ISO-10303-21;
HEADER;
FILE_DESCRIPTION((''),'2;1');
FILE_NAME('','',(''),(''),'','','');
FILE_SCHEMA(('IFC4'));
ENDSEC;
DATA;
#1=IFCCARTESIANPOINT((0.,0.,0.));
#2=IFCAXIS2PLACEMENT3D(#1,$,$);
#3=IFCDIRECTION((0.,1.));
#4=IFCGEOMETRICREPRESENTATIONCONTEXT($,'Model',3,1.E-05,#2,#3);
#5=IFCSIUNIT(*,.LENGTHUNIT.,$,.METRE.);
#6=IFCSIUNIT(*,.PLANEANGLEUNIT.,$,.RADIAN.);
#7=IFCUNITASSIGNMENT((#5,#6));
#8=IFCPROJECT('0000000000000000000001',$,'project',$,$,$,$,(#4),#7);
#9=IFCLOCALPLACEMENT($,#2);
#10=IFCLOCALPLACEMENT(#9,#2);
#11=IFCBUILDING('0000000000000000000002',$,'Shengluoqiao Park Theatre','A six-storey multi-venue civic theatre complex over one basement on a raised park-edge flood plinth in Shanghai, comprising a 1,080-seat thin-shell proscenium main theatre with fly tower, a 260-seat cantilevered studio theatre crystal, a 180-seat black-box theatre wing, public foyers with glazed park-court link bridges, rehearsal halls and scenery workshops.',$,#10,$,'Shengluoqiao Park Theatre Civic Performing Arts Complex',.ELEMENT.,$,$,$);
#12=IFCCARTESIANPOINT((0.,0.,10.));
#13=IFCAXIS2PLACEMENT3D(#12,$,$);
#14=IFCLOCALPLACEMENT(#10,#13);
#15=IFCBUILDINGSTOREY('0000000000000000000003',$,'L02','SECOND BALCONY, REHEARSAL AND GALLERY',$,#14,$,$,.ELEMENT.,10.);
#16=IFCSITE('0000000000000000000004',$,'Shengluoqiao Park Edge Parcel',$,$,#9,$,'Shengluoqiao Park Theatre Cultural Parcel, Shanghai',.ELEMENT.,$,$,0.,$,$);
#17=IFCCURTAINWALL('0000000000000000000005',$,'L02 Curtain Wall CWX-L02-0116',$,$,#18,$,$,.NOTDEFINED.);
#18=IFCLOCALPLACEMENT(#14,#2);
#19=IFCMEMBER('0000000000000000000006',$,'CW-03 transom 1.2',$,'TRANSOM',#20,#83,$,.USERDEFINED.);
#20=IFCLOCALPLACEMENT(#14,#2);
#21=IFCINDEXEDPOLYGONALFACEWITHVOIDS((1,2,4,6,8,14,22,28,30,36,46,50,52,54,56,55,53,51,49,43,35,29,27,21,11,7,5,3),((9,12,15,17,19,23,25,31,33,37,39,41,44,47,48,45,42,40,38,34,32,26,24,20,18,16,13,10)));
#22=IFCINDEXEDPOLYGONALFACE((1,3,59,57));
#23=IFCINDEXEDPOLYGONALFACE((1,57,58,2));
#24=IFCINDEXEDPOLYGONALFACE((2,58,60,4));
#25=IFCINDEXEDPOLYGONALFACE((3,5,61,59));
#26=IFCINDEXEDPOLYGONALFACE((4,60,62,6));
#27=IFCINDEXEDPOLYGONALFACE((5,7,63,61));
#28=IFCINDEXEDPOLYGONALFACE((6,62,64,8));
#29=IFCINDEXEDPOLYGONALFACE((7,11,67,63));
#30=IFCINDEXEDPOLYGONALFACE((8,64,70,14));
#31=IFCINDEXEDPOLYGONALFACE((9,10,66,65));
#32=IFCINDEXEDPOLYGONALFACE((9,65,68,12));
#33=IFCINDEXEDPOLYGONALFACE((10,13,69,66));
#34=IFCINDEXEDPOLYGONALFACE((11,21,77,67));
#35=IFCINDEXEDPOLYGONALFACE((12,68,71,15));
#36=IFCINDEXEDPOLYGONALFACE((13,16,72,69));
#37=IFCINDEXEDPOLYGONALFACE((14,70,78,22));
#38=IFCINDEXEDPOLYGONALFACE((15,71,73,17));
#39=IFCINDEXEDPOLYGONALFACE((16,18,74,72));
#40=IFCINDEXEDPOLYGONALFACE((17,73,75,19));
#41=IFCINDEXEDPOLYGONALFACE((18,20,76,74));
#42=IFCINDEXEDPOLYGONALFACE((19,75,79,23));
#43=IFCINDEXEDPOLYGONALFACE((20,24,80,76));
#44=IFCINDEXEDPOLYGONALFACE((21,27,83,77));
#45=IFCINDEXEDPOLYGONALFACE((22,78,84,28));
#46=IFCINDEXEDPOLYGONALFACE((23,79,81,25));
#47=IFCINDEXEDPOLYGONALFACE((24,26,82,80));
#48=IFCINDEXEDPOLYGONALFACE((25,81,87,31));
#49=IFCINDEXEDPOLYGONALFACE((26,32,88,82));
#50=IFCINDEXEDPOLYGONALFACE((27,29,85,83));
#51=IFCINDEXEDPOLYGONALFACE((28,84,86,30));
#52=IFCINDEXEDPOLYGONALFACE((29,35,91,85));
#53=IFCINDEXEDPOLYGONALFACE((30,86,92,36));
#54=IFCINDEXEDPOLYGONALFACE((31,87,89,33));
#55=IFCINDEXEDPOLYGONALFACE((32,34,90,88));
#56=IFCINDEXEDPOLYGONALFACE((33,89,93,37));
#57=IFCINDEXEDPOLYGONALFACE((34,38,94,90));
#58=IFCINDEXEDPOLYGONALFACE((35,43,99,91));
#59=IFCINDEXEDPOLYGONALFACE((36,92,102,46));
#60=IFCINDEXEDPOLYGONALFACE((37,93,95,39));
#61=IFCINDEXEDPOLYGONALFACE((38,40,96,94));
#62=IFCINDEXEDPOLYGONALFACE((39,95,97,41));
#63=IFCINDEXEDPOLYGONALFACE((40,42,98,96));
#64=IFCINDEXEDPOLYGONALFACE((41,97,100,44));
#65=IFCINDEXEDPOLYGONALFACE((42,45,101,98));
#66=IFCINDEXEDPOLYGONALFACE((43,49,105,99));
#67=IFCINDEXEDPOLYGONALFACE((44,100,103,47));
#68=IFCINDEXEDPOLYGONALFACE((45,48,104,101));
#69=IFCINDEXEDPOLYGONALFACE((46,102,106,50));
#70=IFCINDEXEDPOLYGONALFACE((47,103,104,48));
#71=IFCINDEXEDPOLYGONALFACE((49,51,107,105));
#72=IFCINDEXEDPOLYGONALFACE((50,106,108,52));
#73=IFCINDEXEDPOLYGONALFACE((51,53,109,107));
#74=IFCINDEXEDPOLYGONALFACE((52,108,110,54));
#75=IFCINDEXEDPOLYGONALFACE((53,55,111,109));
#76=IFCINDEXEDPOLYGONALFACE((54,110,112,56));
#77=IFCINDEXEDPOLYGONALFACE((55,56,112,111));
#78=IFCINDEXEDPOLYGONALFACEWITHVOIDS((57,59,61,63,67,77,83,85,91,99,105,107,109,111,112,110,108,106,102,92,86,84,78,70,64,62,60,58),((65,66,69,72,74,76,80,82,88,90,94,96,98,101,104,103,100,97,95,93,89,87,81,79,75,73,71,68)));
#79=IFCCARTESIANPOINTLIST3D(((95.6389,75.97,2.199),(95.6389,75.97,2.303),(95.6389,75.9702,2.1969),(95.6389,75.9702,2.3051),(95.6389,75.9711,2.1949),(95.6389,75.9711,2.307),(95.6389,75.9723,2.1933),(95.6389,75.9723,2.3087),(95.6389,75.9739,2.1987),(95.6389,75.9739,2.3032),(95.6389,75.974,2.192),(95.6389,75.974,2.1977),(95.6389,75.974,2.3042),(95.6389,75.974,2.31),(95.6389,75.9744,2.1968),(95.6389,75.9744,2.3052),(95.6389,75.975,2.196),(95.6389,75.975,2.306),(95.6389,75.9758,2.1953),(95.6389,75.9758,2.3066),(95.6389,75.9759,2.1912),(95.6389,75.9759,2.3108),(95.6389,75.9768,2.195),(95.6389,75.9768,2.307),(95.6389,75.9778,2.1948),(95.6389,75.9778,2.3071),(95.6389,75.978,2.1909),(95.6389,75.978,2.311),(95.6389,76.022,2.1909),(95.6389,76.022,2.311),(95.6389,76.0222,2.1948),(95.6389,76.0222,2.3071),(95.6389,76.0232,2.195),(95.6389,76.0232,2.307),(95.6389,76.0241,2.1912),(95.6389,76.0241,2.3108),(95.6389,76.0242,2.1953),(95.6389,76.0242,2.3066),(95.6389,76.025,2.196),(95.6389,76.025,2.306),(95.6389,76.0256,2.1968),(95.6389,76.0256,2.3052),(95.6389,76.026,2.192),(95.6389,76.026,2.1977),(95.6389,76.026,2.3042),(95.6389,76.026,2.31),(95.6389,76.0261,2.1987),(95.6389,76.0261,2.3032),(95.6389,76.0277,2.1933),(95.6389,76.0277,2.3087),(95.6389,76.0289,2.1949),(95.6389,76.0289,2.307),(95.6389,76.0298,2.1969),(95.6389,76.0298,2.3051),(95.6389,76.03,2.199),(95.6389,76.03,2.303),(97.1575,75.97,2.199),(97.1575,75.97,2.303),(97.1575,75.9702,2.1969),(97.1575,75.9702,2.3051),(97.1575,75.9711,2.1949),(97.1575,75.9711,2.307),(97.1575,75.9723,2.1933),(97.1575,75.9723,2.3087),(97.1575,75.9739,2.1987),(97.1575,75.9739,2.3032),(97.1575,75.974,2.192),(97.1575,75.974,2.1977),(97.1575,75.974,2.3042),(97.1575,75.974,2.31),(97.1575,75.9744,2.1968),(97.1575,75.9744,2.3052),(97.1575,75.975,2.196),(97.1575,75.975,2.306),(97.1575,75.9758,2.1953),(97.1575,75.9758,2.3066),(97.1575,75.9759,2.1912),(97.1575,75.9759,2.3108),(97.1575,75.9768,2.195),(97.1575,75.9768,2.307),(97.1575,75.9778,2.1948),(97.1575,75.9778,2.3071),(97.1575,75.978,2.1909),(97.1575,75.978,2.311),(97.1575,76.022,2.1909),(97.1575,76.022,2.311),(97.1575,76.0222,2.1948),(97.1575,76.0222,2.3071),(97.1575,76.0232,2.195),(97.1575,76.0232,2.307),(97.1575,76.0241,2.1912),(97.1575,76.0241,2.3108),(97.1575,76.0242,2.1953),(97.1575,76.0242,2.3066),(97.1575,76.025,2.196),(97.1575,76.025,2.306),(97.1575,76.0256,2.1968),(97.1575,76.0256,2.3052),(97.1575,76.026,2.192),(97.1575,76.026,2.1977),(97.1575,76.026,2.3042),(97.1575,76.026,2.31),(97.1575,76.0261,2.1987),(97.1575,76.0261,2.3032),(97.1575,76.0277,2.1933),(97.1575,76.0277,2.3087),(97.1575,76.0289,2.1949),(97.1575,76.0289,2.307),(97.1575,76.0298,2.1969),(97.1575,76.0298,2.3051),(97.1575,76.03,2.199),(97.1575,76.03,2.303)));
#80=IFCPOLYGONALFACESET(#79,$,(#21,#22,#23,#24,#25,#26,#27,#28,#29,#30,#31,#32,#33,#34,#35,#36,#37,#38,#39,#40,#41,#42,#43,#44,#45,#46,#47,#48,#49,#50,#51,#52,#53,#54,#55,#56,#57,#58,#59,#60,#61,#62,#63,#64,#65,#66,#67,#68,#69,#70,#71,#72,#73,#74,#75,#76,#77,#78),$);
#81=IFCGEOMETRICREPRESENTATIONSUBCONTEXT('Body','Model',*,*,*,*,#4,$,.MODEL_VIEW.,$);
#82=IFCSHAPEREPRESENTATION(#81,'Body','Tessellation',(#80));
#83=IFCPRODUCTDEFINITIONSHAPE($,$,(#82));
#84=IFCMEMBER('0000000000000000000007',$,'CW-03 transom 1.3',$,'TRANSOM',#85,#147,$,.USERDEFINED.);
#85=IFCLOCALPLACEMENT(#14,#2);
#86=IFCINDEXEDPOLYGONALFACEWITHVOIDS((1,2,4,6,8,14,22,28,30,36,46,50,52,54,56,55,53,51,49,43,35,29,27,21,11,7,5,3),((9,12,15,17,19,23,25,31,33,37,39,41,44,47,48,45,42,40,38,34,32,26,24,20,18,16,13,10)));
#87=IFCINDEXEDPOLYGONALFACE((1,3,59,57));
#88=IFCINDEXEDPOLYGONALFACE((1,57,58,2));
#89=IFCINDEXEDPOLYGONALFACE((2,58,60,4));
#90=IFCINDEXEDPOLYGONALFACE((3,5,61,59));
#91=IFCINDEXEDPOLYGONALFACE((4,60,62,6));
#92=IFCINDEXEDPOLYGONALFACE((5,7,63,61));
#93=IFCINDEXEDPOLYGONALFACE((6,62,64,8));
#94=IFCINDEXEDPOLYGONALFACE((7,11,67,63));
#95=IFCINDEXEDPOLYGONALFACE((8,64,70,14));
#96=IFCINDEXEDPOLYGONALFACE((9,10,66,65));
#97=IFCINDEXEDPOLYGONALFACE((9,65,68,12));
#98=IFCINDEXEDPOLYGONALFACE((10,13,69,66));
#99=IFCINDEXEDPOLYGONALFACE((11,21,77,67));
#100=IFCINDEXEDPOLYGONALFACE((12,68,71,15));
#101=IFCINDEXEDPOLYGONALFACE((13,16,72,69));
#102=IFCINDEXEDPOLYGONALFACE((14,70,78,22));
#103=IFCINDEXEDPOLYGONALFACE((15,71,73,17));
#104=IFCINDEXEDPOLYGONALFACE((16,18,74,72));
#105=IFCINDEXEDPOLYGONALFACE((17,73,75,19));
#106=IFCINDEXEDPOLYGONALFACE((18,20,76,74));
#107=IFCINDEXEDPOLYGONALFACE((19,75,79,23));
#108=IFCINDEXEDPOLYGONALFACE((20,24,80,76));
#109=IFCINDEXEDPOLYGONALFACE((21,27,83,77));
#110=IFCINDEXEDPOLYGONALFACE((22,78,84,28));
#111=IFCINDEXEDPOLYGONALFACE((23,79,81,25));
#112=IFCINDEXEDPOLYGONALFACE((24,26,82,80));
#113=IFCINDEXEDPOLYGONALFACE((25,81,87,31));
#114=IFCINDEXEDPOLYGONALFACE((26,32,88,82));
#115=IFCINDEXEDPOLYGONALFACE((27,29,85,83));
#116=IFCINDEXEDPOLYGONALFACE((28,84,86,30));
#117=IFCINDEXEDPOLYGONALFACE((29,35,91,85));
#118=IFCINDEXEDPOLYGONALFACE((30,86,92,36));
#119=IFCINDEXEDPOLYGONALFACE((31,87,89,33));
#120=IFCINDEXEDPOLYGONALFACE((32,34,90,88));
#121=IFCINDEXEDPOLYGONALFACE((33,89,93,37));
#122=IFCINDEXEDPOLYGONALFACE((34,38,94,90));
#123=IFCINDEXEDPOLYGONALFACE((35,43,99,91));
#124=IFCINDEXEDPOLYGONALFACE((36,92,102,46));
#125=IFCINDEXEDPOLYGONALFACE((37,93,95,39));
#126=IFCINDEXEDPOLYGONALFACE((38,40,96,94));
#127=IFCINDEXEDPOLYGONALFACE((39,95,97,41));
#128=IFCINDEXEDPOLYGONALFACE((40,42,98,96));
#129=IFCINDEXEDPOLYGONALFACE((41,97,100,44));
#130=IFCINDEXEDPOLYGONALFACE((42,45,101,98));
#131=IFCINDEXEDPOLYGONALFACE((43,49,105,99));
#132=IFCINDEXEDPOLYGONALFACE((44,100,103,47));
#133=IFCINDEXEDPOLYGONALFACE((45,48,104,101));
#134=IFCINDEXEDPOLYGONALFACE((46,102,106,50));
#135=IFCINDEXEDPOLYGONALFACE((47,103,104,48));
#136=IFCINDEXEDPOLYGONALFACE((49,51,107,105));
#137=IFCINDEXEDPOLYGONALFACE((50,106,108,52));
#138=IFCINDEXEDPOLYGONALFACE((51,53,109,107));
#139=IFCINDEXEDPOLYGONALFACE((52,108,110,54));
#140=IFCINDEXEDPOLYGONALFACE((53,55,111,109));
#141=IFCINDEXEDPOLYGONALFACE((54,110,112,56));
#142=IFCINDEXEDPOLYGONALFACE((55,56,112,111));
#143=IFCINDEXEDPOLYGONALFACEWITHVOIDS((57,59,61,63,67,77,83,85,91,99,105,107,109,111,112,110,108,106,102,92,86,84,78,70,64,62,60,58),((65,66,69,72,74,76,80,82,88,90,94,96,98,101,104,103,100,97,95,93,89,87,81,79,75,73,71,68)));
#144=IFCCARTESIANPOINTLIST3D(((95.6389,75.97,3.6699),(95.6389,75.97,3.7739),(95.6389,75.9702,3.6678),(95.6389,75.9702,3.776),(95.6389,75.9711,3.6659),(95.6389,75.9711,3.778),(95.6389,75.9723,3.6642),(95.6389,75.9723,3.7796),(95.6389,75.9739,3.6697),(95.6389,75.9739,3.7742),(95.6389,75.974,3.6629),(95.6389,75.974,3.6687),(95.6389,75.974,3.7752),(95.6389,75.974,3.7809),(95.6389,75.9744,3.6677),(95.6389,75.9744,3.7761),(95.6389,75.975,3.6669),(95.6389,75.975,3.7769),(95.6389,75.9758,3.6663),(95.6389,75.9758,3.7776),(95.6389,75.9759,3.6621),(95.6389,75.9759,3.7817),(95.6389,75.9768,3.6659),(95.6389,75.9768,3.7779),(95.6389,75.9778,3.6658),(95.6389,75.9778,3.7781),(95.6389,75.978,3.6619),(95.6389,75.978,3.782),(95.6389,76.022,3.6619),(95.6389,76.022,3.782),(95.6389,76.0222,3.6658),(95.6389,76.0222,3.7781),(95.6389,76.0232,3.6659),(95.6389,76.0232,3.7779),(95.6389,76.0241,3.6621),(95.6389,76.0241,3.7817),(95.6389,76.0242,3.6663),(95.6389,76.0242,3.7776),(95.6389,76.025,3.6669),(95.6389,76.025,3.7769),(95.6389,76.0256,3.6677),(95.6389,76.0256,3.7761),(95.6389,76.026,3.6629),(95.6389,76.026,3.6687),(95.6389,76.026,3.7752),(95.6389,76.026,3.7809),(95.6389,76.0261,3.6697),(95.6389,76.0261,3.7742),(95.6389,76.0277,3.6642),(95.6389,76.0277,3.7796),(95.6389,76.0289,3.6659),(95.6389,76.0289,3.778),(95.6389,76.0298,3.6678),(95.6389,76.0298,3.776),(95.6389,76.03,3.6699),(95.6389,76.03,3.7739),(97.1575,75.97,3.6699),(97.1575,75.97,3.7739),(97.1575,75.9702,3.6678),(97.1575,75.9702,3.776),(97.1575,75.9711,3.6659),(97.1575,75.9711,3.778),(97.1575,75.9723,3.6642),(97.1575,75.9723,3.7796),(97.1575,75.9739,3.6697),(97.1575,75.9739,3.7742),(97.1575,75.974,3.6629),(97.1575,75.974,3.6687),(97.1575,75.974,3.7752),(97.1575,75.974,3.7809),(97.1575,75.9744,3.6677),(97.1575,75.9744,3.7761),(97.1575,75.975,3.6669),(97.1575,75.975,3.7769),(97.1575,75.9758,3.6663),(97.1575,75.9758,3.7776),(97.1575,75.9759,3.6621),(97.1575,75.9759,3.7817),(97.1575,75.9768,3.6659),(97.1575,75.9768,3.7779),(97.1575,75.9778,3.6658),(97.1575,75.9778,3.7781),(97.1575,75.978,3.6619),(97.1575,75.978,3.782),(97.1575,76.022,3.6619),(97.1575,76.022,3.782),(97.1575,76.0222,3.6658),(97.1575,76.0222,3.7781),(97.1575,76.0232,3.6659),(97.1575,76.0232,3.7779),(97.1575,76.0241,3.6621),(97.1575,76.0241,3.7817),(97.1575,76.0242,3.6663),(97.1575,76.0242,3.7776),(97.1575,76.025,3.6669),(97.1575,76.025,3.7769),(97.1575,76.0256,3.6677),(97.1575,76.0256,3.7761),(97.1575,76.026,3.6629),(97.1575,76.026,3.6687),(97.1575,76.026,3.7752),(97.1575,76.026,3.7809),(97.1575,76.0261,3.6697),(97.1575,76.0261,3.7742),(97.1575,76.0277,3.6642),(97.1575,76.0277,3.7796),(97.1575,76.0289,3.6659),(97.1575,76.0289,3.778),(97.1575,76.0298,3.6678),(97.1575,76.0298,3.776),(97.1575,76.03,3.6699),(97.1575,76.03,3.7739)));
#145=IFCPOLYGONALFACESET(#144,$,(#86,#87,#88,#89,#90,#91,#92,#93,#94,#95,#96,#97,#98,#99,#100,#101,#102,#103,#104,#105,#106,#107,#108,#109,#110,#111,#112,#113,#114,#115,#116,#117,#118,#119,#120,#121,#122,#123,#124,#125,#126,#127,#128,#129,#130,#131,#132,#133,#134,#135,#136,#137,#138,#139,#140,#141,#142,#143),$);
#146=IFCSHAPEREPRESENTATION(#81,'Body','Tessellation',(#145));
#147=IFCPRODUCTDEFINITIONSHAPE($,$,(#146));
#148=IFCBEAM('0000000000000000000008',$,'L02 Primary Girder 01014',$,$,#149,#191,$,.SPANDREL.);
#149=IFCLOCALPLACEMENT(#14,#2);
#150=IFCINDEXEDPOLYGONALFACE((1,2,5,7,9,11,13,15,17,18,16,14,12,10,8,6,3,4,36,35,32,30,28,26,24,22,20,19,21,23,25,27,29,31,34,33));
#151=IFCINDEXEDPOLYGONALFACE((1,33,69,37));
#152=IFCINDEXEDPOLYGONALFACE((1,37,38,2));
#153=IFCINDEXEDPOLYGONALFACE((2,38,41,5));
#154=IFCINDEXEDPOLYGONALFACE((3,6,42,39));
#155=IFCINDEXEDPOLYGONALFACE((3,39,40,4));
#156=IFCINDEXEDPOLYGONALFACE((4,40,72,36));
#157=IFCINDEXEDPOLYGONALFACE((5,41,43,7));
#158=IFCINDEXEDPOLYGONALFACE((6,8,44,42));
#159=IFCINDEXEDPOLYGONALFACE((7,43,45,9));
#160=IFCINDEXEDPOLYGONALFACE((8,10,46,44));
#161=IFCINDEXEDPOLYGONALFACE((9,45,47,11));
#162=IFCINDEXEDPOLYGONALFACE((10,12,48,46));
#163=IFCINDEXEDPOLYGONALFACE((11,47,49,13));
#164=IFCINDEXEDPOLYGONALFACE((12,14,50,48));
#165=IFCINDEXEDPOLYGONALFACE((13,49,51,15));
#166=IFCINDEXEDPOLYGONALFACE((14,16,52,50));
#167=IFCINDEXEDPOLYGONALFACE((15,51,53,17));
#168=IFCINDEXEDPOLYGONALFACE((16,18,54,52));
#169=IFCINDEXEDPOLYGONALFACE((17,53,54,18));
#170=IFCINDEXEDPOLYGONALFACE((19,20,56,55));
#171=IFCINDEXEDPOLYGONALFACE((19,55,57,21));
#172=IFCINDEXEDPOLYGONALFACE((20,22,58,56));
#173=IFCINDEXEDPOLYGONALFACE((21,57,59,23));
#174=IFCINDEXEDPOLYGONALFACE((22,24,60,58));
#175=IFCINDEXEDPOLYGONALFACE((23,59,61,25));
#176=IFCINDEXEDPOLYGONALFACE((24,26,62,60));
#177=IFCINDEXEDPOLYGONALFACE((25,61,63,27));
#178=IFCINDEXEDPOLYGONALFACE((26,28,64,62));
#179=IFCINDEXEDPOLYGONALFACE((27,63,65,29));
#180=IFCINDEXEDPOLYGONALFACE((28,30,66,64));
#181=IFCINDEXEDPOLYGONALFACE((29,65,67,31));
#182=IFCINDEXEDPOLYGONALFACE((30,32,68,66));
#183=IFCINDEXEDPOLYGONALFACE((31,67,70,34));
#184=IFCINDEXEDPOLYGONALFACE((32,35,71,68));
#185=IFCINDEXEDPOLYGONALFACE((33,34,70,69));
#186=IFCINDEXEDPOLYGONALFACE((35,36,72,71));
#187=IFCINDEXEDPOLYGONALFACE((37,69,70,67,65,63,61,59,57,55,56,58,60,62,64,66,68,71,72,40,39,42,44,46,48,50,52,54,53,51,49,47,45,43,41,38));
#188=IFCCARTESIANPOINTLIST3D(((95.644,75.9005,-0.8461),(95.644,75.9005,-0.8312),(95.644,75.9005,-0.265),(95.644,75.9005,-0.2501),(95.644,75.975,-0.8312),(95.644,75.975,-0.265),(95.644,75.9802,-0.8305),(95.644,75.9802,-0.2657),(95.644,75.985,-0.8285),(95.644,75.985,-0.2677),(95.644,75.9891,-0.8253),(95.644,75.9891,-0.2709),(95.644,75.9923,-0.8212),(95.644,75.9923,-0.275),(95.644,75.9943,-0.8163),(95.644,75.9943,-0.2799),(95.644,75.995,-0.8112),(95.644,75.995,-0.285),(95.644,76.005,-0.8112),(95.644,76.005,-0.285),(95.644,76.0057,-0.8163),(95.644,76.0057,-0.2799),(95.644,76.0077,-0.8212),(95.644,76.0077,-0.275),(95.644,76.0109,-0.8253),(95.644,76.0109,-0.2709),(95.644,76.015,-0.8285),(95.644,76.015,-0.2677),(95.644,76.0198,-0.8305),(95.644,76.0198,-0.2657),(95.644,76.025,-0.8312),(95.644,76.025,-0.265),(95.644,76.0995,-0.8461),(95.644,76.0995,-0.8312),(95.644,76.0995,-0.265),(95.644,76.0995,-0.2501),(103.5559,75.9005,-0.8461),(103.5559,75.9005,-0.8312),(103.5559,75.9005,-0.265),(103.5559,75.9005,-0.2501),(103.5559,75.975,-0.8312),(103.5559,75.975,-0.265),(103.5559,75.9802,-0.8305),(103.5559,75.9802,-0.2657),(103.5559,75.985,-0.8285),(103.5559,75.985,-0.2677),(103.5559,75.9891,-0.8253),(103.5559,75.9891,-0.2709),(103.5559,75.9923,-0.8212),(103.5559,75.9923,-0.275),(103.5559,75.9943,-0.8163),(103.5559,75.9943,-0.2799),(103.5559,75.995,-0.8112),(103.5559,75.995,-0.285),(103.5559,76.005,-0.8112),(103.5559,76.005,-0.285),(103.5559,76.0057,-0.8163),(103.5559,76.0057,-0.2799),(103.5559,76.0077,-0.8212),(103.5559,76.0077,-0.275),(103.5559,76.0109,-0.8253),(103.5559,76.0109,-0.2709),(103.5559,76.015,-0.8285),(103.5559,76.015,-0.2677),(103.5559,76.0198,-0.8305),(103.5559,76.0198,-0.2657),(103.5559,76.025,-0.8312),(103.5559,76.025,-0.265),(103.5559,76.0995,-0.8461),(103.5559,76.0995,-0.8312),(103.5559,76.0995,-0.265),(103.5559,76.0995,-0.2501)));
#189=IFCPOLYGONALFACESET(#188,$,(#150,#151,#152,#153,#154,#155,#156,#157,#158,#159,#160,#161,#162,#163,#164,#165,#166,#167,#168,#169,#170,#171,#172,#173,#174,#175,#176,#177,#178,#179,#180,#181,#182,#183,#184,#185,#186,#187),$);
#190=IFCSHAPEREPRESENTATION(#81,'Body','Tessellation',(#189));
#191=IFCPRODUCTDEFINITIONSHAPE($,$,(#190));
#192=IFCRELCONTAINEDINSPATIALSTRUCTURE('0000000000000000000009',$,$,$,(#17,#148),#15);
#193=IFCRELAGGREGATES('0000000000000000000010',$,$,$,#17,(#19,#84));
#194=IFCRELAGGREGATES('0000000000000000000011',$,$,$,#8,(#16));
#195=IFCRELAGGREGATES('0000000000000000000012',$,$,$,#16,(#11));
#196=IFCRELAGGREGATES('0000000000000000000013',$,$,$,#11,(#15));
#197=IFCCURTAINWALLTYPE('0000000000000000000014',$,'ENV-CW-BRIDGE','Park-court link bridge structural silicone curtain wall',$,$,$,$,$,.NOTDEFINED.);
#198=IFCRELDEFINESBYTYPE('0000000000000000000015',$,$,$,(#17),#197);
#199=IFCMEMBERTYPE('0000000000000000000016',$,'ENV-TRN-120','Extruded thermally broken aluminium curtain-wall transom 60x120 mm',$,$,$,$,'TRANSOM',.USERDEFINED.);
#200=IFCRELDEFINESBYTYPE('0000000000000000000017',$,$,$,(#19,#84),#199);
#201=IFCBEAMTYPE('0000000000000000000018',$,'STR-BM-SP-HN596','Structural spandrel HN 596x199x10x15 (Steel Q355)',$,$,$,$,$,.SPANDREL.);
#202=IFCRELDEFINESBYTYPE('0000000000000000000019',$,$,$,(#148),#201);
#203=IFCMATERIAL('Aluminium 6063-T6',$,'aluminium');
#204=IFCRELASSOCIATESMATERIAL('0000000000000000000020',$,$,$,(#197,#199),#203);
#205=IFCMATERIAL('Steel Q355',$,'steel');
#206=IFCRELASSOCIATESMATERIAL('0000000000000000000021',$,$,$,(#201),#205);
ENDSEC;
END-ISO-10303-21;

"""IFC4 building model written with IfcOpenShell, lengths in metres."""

from ifc_helpers import new_model, si_unit, direction, frame, origin, origin_2d, place, context, subcontext, project, spatial, hollow_rectangle, i_section, extrude, material, material_profile, profile_set, type_object, element, aggregate, save


model = new_model("IFC4")

# Units and contexts
model_context = context("Model", 3, precision=1e-05, world=origin(), true_north=direction((0.0, 1.0)))
body_context = subcontext(model_context, "Body", "Model", "MODEL_VIEW")
ifc_project = project(units=[si_unit("LENGTHUNIT", "METRE"), si_unit("PLANEANGLEUNIT", "RADIAN")], contexts=[model_context])

# Site, building, storey
site_placement = place(None, origin())
site = spatial("IfcSite", under=ifc_project, at=site_placement, Name="Shengluoqiao Park Edge Parcel", LongName="Shengluoqiao Park Theatre Cultural Parcel, Shanghai", CompositionType="ELEMENT", RefElevation=0.0)
building_placement = place(site_placement, origin())
building = spatial("IfcBuilding", under=site, at=building_placement, Name="Shengluoqiao Park Theatre", Description="A six-storey multi-venue civic theatre complex over one basement on a raised park-edge flood plinth in Shanghai, comprising a 1,080-seat thin-shell proscenium main theatre with fly tower, a 260-seat cantilevered studio theatre crystal, a 180-seat black-box theatre wing, public foyers with glazed park-court link bridges, rehearsal halls and scenery workshops.", LongName="Shengluoqiao Park Theatre Civic Performing Arts Complex", CompositionType="ELEMENT")
storey_placement = place(building_placement, frame((0.0, 0.0, 10.0)))
storey = spatial("IfcBuildingStorey", under=building, at=storey_placement, Name="L02", Description="SECOND BALCONY, REHEARSAL AND GALLERY", CompositionType="ELEMENT", Elevation=10.0)

# Curtain wall
ifc_material_1 = material(Name="Aluminium 6063-T6", Category="aluminium")
curtain_wall_type = type_object("IfcCurtainWallType", Name="ENV-CW-BRIDGE", Description="Park-court link bridge structural silicone curtain wall", PredefinedType="NOTDEFINED", material=ifc_material_1)
curtain_wall_1_placement = place(storey_placement, origin())
curtain_wall_1 = element("IfcCurtainWall", 1, at=curtain_wall_1_placement, inside=storey, type_object=curtain_wall_type, Name="L02 Curtain Wall CWX-L02-0116", PredefinedType="NOTDEFINED")

# Members
ifc_material_profile_1 = material_profile(ifc_material_1, hollow_rectangle(XDim=0.0601, YDim=0.1201, WallThickness=0.0039, InnerFilletRadius=0.0039, OuterFilletRadius=0.0081, at=origin_2d()), Name="ALU TRANSOM 120x60x4")
ifc_profile_set_1 = profile_set([ifc_material_profile_1], Name="Aluminium 6063-T6")
member_type_1 = type_object("IfcMemberType", Name="ENV-TRN-120", Description="Extruded thermally broken aluminium curtain-wall transom 60x120 mm", ElementType="TRANSOM", PredefinedType="USERDEFINED", material=ifc_profile_set_1)
member_1_placement = place(storey_placement, frame((95.6389, 76.0, 2.251), z_axis=(1.0, 0.0, 0.0), x_axis=(0.0, 1.0, 0.0)))
member_1 = element("IfcMember", 2, at=member_1_placement, type_object=member_type_1, Name="CW-03 transom 1.2", ObjectType="TRANSOM", PredefinedType="USERDEFINED", context=body_context, shape_type="SweptSolid", body=[
    extrude(hollow_rectangle(XDim=0.0601, YDim=0.1201, WallThickness=0.0039, InnerFilletRadius=0.0039, OuterFilletRadius=0.0081, at=origin_2d()), origin(), (0.0, 0.0, 1.0), 1.5186),
])
member_2_placement = place(storey_placement, frame((95.6389, 76.0, 3.7219), z_axis=(1.0, 0.0, 0.0), x_axis=(0.0, 1.0, 0.0)))
member_2 = element("IfcMember", 3, at=member_2_placement, type_object=member_type_1, Name="CW-03 transom 1.3", ObjectType="TRANSOM", PredefinedType="USERDEFINED", context=body_context, shape_type="SweptSolid", body=[
    extrude(hollow_rectangle(XDim=0.0601, YDim=0.1201, WallThickness=0.0039, InnerFilletRadius=0.0039, OuterFilletRadius=0.0081, at=origin_2d()), origin(), (0.0, 0.0, 1.0), 1.5186),
])

# Beam
ifc_material_2 = material(Name="Steel Q355", Category="steel")
ifc_material_profile_2 = material_profile(ifc_material_2, i_section(OverallWidth=0.199, OverallDepth=0.5959, WebThickness=0.01, FlangeThickness=0.0149, FilletRadius=0.02, at=origin_2d()), Name="HN 596x199x10x15")
ifc_profile_set_2 = profile_set([ifc_material_profile_2], Name="Steel Q355")
beam_type = type_object("IfcBeamType", Name="STR-BM-SP-HN596", Description="Structural spandrel HN 596x199x10x15 (Steel Q355)", PredefinedType="SPANDREL", material=ifc_profile_set_2)
beam_placement = place(storey_placement, frame((95.644, 76.0, -0.5481), z_axis=(1.0, 0.0, 0.0), x_axis=(0.0, 1.0, 0.0)))
element("IfcBeam", 4, at=beam_placement, inside=storey, type_object=beam_type, Name="L02 Primary Girder 01014", PredefinedType="SPANDREL", context=body_context, shape_type="SweptSolid", body=[
    extrude(i_section(OverallWidth=0.199, OverallDepth=0.5959, WebThickness=0.01, FlangeThickness=0.0149, FilletRadius=0.02, at=origin_2d()), origin(), (0.0, 0.0, 1.0), 7.9119),
])

aggregate(curtain_wall_1, [member_1, member_2])

save(model, "model.ifc")
